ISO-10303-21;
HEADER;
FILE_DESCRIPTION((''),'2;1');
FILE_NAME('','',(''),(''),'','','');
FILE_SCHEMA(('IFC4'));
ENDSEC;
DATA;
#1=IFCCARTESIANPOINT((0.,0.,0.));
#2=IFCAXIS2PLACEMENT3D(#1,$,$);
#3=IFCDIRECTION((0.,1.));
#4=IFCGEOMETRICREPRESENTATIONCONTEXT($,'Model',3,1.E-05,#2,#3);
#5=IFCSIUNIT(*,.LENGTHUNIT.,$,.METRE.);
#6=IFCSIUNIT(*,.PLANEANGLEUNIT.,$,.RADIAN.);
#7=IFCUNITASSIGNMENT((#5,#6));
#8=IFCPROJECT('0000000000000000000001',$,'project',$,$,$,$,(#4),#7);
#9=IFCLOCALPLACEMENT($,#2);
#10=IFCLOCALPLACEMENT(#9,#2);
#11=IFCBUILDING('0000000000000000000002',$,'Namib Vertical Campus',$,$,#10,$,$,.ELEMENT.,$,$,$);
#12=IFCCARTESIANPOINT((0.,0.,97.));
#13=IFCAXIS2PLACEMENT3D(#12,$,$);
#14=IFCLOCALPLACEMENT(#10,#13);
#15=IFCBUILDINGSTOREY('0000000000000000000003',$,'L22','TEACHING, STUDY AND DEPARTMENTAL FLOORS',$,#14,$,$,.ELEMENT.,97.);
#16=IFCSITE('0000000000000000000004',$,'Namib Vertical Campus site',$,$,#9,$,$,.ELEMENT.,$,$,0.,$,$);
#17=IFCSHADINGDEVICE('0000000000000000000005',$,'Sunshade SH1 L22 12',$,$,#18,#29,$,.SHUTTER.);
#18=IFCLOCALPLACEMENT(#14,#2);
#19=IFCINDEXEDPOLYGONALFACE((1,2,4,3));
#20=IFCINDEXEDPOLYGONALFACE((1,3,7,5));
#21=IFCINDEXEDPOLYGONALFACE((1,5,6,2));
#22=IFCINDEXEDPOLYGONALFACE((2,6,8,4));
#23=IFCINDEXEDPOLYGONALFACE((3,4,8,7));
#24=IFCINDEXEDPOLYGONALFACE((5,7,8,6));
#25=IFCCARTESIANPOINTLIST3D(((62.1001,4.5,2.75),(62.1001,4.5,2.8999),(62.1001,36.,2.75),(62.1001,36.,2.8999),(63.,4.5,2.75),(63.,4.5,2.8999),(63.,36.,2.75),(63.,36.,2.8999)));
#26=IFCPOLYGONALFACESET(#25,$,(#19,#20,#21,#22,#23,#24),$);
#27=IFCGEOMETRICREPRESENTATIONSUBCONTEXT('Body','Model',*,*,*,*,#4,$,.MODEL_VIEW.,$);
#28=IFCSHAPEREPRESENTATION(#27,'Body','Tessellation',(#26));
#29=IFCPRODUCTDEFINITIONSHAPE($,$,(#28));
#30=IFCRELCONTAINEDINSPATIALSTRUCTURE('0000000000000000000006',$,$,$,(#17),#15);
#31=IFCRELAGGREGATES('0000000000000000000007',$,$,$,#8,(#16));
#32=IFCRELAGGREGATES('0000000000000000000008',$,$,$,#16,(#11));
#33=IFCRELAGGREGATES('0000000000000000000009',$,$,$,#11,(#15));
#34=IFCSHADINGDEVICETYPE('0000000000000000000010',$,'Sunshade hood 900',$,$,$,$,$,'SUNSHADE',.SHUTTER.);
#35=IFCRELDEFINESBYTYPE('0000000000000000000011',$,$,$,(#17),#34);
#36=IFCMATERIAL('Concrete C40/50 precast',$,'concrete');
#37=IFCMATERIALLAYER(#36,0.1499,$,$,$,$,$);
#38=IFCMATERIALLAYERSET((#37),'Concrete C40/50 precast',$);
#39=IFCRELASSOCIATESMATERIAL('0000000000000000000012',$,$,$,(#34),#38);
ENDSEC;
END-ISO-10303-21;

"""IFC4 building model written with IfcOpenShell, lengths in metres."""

from ifc_helpers import new_model, si_unit, direction, frame, origin, origin_2d, place, context, subcontext, project, spatial, rectangle, extrude, material, layer, layer_set, type_object, element, save


model = new_model("IFC4")

# Units and contexts
model_context = context("Model", 3, precision=1e-05, world=origin(), true_north=direction((0.0, 1.0)))
body_context = subcontext(model_context, "Body", "Model", "MODEL_VIEW")
ifc_project = project(units=[si_unit("LENGTHUNIT", "METRE"), si_unit("PLANEANGLEUNIT", "RADIAN")], contexts=[model_context])

# Site, building, storey
site_placement = place(None, origin())
site = spatial("IfcSite", under=ifc_project, at=site_placement, Name="Namib Vertical Campus site", CompositionType="ELEMENT", RefElevation=0.0)
building_placement = place(site_placement, origin())
building = spatial("IfcBuilding", under=site, at=building_placement, Name="Namib Vertical Campus", CompositionType="ELEMENT")
storey_placement = place(building_placement, frame((0.0, 0.0, 97.0)))
storey = spatial("IfcBuildingStorey", under=building, at=storey_placement, Name="L22", Description="TEACHING, STUDY AND DEPARTMENTAL FLOORS", CompositionType="ELEMENT", Elevation=97.0)

# Shading device
ifc_material_1 = material(Name="Concrete C40/50 precast", Category="concrete")
ifc_layer_1 = layer(ifc_material_1, 0.1499)
ifc_layer_set_1 = layer_set([ifc_layer_1], Name="Concrete C40/50 precast")
shading_device_type = type_object("IfcShadingDeviceType", Name="Sunshade hood 900", ElementType="SUNSHADE", PredefinedType="SHUTTER", material=ifc_layer_set_1)
shading_device_placement = place(storey_placement, frame((62.55, 20.25, 2.75), z_axis=(0.0, 0.0, 1.0), x_axis=(0.0, -1.0, 0.0)))
element("IfcShadingDevice", 1, at=shading_device_placement, inside=storey, type_object=shading_device_type, Name="Sunshade SH1 L22 12", PredefinedType="SHUTTER", context=body_context, shape_type="SweptSolid", body=[
    extrude(rectangle(XDim=31.5, YDim=0.8999, at=origin_2d()), origin(), (0.0, 0.0, 1.0), 0.1499),
])

save(model, "model.ifc")
